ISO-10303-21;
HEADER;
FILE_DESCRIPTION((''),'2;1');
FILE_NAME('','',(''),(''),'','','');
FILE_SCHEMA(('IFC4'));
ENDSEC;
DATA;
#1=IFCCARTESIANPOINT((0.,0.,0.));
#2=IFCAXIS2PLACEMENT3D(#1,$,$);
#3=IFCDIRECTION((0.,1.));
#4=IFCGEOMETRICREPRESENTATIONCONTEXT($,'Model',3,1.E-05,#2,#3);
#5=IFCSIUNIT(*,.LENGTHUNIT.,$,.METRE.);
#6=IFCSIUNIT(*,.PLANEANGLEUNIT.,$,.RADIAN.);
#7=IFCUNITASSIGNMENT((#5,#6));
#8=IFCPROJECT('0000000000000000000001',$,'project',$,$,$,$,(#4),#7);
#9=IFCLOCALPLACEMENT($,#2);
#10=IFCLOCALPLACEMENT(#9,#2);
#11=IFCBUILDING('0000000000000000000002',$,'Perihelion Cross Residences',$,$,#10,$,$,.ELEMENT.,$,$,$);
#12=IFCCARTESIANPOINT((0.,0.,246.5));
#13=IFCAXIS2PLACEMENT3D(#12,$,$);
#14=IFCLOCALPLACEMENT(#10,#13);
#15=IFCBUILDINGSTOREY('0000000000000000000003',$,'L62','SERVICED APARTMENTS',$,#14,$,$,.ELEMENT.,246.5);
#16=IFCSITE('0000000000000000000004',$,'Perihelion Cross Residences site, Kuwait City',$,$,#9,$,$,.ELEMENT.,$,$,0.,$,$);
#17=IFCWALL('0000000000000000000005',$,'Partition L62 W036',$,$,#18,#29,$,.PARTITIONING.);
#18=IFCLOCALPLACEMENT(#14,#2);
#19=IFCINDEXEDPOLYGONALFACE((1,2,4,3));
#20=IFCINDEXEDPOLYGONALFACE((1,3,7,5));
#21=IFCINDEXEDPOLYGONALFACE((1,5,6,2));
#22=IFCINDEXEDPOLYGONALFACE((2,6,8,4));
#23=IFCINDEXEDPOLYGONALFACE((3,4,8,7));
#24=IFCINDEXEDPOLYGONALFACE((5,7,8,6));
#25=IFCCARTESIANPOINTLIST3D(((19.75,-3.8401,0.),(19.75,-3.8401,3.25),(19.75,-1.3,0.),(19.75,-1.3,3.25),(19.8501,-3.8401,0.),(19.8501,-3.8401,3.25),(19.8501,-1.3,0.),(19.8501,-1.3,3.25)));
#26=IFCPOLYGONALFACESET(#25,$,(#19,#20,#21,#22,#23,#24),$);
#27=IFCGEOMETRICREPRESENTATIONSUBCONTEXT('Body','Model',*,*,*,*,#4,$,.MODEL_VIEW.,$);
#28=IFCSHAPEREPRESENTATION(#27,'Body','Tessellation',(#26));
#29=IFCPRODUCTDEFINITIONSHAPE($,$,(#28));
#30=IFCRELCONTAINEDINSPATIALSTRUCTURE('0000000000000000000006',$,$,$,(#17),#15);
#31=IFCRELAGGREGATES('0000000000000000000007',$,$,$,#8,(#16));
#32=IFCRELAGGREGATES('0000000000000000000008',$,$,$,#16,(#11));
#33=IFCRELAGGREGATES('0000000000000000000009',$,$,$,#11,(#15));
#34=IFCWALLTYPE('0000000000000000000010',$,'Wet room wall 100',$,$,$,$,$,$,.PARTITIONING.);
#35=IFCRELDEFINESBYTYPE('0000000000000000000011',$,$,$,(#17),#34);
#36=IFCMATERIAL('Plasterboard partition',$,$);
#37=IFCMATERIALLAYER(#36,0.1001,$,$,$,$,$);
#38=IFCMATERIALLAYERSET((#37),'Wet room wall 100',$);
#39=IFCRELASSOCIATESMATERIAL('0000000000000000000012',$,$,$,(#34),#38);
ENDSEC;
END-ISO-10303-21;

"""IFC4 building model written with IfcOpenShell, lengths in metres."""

from ifc_helpers import new_model, si_unit, direction, frame, frame_2d, origin, place, context, subcontext, project, spatial, rectangle, extrude, material, layer, layer_set, type_object, element, save


model = new_model("IFC4")

# Units and contexts
model_context = context("Model", 3, precision=1e-05, world=origin(), true_north=direction((0.0, 1.0)))
body_context = subcontext(model_context, "Body", "Model", "MODEL_VIEW")
ifc_project = project(units=[si_unit("LENGTHUNIT", "METRE"), si_unit("PLANEANGLEUNIT", "RADIAN")], contexts=[model_context])

# Site, building, storey
site_placement = place(None, origin())
site = spatial("IfcSite", under=ifc_project, at=site_placement, Name="Perihelion Cross Residences site, Kuwait City", CompositionType="ELEMENT", RefElevation=0.0)
building_placement = place(site_placement, origin())
building = spatial("IfcBuilding", under=site, at=building_placement, Name="Perihelion Cross Residences", CompositionType="ELEMENT")
storey_placement = place(building_placement, frame((0.0, 0.0, 246.5)))
storey = spatial("IfcBuildingStorey", under=building, at=storey_placement, Name="L62", Description="SERVICED APARTMENTS", CompositionType="ELEMENT", Elevation=246.5)

# Shared definitions
ifc_material_1 = material(Name="Plasterboard partition")
ifc_layer_1 = layer(ifc_material_1, 0.1001)
ifc_layer_set_1 = layer_set([ifc_layer_1], Name="Wet room wall 100")
wall_type_1 = type_object("IfcWallType", Name="Wet room wall 100", PredefinedType="PARTITIONING", material=ifc_layer_set_1)

# Wall
for number, where, z_axis, x_axis, name in (
    (1, (19.8, -1.3, 0.0), (0.0, 0.0, 1.0), (0.0, -1.0, 0.0), "Partition L62 W036"),
):
    element("IfcWall", number, at=place(storey_placement, frame(where, z_axis=z_axis, x_axis=x_axis)), inside=storey, type_object=wall_type_1, Name=name, PredefinedType="PARTITIONING", context=body_context, shape_type="SweptSolid", body=[
        extrude(rectangle(XDim=2.54, YDim=0.1001, at=frame_2d((1.27, 0.0))), origin(), (0.0, 0.0, 1.0), 3.25),
    ])

save(model, "model.ifc")
